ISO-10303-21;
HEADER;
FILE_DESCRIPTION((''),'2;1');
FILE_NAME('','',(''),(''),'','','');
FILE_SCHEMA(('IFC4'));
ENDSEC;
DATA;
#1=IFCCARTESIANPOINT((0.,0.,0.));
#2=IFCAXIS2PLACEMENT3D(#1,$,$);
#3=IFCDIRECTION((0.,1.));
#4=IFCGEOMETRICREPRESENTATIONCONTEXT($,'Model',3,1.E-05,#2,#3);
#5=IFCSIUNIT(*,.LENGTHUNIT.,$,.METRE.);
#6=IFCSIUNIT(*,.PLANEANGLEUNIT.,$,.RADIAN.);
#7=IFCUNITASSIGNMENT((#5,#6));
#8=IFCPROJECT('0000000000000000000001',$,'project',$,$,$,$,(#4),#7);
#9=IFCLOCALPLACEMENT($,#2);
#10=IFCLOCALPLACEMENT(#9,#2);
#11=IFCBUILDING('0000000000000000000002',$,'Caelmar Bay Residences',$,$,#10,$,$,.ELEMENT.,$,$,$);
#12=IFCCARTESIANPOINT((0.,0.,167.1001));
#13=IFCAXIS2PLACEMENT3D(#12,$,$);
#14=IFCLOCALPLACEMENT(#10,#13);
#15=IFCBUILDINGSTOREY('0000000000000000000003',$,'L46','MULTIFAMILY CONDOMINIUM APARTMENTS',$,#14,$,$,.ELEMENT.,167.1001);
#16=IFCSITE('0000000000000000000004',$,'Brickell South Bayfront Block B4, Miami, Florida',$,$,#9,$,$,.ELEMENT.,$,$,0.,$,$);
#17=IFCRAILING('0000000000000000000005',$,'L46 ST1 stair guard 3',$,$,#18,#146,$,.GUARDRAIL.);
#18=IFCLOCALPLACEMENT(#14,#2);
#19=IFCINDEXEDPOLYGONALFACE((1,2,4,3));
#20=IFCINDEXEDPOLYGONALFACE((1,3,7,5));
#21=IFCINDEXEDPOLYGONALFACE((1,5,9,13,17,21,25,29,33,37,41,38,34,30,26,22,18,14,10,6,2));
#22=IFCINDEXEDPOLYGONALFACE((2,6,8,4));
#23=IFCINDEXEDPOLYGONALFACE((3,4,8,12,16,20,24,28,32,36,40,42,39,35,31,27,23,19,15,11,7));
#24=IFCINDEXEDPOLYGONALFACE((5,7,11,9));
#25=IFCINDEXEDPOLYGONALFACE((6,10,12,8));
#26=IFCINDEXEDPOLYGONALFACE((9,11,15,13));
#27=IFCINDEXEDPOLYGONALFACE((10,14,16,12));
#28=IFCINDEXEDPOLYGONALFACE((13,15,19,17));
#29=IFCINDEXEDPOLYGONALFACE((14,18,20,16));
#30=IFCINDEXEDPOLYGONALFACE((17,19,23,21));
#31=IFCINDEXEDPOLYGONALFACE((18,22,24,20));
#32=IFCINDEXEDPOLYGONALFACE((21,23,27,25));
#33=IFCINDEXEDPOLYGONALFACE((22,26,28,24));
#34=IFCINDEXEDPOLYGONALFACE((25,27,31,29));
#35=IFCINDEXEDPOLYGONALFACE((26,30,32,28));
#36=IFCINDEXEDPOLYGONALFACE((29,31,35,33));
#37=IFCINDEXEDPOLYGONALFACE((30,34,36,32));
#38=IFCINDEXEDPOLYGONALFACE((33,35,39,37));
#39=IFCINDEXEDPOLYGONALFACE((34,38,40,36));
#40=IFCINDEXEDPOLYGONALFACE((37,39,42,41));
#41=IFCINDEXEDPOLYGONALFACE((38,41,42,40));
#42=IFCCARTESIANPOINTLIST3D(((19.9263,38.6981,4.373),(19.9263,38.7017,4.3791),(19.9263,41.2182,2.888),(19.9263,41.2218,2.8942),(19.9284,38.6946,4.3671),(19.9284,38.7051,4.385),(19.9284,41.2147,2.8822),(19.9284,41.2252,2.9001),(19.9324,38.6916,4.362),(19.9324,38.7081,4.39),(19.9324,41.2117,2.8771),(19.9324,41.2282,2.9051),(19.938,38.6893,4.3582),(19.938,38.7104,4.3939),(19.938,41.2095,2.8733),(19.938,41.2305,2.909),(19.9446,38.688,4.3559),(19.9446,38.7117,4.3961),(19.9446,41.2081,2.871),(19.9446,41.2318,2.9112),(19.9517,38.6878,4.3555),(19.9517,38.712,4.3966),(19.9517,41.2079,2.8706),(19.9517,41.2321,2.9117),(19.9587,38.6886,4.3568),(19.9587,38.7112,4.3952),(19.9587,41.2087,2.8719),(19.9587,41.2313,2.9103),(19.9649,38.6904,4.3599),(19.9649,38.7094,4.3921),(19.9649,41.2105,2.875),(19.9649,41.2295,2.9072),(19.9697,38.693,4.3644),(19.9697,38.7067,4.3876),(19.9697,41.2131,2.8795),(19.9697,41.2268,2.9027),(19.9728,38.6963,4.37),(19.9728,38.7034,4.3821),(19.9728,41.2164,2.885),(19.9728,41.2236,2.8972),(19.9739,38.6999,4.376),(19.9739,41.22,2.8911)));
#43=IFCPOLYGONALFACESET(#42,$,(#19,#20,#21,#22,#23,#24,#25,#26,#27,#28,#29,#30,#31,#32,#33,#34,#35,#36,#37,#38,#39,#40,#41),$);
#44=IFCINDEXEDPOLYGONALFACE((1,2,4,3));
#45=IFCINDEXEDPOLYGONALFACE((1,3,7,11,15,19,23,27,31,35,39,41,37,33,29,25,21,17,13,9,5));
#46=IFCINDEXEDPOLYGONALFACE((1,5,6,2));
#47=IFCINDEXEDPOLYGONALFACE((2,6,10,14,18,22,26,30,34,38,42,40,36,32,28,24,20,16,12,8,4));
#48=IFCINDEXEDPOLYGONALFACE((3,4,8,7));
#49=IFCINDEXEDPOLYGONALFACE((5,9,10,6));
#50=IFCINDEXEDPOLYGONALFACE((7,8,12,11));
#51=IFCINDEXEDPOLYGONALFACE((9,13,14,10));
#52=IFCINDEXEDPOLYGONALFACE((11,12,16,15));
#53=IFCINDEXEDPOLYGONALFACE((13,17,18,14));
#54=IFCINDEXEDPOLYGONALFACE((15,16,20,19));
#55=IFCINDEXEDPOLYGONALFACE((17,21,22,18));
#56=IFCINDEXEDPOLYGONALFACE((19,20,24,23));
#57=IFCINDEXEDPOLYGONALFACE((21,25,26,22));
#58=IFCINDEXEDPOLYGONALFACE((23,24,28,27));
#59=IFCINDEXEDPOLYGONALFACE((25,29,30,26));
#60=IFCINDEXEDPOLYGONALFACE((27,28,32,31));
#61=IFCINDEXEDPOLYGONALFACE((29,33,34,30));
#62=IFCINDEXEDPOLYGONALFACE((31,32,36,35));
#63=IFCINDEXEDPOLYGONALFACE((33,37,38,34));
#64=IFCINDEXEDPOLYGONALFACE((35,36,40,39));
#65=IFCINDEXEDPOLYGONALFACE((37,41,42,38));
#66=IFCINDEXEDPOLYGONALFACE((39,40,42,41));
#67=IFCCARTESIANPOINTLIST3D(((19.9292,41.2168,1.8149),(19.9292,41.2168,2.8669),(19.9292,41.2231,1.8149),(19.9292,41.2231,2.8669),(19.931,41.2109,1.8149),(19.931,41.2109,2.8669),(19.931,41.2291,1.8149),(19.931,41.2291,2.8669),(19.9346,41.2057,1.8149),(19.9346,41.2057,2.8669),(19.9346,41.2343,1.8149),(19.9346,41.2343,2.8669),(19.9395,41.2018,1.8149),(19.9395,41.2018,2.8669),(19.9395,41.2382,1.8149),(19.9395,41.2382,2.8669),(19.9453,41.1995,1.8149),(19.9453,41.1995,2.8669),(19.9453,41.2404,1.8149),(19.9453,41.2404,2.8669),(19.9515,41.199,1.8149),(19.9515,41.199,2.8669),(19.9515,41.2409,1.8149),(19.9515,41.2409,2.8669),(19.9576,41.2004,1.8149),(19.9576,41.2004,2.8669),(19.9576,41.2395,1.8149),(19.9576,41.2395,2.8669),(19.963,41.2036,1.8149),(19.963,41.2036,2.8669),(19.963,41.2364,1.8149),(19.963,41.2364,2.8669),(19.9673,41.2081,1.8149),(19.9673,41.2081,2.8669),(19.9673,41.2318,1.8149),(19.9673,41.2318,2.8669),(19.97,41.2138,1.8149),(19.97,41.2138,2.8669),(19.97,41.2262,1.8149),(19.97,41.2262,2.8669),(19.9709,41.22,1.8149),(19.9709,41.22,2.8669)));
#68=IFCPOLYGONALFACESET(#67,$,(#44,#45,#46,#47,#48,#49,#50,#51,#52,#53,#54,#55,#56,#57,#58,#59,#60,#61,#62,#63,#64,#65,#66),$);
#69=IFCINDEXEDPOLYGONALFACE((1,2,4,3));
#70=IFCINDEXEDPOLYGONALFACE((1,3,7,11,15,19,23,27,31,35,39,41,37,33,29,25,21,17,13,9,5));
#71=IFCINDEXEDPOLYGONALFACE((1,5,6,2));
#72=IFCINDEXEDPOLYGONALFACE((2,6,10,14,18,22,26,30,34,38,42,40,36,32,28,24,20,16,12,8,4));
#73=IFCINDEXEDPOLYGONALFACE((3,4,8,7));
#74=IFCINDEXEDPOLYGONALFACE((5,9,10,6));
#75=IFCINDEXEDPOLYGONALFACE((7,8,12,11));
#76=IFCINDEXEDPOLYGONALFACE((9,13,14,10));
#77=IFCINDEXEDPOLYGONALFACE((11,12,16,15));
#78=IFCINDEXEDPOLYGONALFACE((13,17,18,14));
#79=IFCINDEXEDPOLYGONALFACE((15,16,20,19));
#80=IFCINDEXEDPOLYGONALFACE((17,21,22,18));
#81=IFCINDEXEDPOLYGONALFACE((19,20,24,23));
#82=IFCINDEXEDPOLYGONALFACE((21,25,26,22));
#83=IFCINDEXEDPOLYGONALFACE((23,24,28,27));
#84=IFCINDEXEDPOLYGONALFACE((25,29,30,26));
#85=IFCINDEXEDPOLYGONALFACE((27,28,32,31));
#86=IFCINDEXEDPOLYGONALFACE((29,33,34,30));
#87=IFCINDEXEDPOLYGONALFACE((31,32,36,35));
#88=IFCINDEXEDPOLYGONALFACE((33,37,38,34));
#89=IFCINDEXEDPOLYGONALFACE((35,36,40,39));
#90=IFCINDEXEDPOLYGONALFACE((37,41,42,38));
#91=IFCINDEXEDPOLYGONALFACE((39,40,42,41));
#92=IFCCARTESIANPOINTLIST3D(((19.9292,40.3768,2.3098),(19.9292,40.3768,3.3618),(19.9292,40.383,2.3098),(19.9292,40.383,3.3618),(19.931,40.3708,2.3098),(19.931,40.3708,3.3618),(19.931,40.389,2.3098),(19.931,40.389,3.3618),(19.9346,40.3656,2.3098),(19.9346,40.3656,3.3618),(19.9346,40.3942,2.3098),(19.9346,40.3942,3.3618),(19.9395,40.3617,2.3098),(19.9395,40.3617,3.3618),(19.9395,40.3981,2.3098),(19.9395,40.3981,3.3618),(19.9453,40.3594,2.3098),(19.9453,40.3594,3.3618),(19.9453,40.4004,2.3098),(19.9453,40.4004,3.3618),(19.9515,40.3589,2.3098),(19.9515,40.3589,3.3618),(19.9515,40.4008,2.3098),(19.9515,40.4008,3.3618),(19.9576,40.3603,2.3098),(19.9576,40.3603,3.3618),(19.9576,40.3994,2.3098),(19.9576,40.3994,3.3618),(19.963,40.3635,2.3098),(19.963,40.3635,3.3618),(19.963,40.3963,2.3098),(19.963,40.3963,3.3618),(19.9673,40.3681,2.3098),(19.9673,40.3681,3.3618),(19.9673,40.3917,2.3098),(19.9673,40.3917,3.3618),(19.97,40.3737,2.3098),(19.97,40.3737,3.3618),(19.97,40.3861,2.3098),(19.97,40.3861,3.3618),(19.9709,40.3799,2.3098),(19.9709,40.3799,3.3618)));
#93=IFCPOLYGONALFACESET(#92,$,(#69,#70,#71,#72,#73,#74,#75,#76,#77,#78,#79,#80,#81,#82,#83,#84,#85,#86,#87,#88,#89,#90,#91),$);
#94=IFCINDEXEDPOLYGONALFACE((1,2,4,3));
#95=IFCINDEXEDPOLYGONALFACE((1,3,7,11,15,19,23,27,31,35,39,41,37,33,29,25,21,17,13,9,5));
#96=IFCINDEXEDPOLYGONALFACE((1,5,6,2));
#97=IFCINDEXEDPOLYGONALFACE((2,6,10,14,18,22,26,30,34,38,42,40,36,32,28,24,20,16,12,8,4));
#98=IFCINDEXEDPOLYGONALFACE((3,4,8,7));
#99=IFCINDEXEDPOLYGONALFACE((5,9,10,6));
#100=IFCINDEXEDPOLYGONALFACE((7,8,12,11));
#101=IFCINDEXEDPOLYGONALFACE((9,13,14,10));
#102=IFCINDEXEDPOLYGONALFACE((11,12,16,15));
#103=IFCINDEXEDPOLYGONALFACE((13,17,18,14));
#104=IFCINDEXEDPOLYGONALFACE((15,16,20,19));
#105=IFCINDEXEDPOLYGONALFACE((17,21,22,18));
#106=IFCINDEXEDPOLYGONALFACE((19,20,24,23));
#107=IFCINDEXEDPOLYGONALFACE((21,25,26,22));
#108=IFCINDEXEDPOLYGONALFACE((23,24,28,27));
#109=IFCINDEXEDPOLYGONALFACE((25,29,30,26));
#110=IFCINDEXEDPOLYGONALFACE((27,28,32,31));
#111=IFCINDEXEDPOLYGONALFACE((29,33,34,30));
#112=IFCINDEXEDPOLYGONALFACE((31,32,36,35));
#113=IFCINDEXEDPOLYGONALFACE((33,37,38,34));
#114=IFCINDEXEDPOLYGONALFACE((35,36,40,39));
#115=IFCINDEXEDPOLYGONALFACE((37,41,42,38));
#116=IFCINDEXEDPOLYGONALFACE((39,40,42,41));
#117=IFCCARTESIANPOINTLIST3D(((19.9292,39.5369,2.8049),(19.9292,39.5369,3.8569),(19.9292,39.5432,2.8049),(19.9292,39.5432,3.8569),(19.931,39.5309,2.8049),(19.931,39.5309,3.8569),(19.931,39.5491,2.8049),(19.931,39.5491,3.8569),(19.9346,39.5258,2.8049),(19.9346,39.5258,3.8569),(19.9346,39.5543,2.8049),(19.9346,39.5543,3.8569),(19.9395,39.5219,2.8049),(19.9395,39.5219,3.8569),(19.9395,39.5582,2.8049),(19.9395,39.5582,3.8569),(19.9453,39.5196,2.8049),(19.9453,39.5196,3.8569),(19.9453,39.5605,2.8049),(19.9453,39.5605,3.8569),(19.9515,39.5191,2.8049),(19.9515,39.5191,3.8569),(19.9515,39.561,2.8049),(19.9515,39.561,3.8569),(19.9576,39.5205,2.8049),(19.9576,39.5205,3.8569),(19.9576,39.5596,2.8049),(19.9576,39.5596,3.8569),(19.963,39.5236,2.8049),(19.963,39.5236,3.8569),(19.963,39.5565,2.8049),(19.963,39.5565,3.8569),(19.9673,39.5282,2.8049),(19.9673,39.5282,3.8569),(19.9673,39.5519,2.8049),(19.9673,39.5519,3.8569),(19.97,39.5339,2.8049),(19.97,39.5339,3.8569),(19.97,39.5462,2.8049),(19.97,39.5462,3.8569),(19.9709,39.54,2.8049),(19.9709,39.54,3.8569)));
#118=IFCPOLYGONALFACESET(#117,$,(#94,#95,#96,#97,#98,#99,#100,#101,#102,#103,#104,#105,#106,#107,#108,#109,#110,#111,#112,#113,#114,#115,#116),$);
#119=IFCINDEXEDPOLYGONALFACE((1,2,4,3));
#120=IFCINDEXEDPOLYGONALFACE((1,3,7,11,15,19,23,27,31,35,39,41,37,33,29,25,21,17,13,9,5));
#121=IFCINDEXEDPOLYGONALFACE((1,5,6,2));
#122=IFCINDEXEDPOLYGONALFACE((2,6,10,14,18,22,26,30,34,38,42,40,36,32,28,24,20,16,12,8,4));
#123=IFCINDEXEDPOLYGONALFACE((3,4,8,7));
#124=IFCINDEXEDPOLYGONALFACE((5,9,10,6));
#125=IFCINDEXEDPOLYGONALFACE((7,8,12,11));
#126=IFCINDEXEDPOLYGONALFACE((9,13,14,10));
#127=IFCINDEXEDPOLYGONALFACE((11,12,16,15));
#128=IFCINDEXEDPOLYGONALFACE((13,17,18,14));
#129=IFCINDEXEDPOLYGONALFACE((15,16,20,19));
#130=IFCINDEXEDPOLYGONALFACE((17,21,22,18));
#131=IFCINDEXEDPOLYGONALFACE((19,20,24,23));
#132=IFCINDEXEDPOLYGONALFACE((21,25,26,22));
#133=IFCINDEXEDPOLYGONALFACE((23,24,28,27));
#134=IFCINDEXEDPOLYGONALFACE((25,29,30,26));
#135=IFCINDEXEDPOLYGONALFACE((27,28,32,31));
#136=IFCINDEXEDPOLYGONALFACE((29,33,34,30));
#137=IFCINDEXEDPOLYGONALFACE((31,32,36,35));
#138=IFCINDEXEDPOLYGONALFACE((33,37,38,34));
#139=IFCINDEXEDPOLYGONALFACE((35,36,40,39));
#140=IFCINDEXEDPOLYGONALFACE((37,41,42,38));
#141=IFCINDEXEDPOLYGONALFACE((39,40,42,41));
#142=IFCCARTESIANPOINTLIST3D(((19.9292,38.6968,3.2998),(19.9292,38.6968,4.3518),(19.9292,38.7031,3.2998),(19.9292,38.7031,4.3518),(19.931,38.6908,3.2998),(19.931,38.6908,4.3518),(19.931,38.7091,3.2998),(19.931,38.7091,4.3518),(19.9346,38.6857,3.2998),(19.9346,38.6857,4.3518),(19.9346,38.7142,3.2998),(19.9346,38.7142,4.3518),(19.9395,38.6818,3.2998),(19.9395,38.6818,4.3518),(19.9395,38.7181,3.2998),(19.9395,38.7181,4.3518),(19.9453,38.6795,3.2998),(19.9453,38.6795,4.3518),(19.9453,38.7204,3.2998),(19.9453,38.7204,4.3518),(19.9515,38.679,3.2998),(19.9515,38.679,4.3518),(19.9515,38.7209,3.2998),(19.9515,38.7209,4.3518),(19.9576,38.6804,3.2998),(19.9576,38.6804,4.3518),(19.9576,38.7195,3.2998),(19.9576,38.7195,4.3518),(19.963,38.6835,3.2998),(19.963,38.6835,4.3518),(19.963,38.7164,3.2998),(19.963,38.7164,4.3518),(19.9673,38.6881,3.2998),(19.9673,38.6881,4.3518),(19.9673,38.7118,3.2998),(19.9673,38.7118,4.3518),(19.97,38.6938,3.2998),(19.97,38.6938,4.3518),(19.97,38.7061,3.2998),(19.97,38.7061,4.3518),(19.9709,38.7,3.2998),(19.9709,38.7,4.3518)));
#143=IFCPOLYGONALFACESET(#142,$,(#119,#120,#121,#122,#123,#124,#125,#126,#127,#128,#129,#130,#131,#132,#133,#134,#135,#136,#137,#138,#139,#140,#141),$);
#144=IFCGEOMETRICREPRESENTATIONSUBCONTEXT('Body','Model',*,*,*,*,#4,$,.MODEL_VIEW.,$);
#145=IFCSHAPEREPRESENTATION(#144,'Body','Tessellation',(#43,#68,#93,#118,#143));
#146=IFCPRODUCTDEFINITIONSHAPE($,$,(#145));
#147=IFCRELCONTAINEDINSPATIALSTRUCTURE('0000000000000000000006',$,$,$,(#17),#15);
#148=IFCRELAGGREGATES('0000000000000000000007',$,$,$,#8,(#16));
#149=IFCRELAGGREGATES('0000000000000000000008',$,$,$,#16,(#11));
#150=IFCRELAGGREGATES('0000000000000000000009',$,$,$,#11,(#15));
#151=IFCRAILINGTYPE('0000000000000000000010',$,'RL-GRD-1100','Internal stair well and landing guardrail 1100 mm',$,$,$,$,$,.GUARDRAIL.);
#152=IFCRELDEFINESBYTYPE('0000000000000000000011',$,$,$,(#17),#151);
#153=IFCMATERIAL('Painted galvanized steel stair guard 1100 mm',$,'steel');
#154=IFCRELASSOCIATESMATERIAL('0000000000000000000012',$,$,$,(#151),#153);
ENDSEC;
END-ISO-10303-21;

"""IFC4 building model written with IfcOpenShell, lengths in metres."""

from ifc_helpers import new_model, si_unit, direction, frame, origin, origin_2d, place, context, subcontext, project, spatial, circle, extrude, material, type_object, element, save


model = new_model("IFC4")

# Units and contexts
model_context = context("Model", 3, precision=1e-05, world=origin(), true_north=direction((0.0, 1.0)))
body_context = subcontext(model_context, "Body", "Model", "MODEL_VIEW")
ifc_project = project(units=[si_unit("LENGTHUNIT", "METRE"), si_unit("PLANEANGLEUNIT", "RADIAN")], contexts=[model_context])

# Site, building, storey
site_placement = place(None, origin())
site = spatial("IfcSite", under=ifc_project, at=site_placement, Name="Brickell South Bayfront Block B4, Miami, Florida", CompositionType="ELEMENT", RefElevation=0.0)
building_placement = place(site_placement, origin())
building = spatial("IfcBuilding", under=site, at=building_placement, Name="Caelmar Bay Residences", CompositionType="ELEMENT")
storey_placement = place(building_placement, frame((0.0, 0.0, 167.1001)))
storey = spatial("IfcBuildingStorey", under=building, at=storey_placement, Name="L46", Description="MULTIFAMILY CONDOMINIUM APARTMENTS", CompositionType="ELEMENT", Elevation=167.1001)

# Railing
ifc_material_1 = material(Name="Painted galvanized steel stair guard 1100 mm", Category="steel")
railing_type_1 = type_object("IfcRailingType", Name="RL-GRD-1100", Description="Internal stair well and landing guardrail 1100 mm", PredefinedType="GUARDRAIL", material=ifc_material_1)
railing_1_placement = place(storey_placement, frame((19.95, 41.22, 1.8149)))
element("IfcRailing", 1, at=railing_1_placement, inside=storey, type_object=railing_type_1, Name="L46 ST1 stair guard 3", PredefinedType="GUARDRAIL", context=body_context, shape_type="SweptSolid", body=[
    extrude(circle(Radius=0.0239, at=origin_2d()), frame((0.0, 0.0, 1.0762), z_axis=(0.0, -0.861561, 0.507655), x_axis=(1.0, 0.0, 0.0)), (0.0, 0.0, 1.0), 2.925),
    extrude(circle(Radius=0.021, at=origin_2d()), origin(), (0.0, 0.0, 1.0), 1.052),
    extrude(circle(Radius=0.021, at=origin_2d()), frame((0.0, -0.8401, 0.4949)), (0.0, 0.0, 1.0), 1.052),
    extrude(circle(Radius=0.021, at=origin_2d()), frame((0.0, -1.6799, 0.99)), (0.0, 0.0, 1.0), 1.052),
    extrude(circle(Radius=0.021, at=origin_2d()), frame((0.0, -2.52, 1.4849)), (0.0, 0.0, 1.0), 1.052),
])

save(model, "model.ifc")
